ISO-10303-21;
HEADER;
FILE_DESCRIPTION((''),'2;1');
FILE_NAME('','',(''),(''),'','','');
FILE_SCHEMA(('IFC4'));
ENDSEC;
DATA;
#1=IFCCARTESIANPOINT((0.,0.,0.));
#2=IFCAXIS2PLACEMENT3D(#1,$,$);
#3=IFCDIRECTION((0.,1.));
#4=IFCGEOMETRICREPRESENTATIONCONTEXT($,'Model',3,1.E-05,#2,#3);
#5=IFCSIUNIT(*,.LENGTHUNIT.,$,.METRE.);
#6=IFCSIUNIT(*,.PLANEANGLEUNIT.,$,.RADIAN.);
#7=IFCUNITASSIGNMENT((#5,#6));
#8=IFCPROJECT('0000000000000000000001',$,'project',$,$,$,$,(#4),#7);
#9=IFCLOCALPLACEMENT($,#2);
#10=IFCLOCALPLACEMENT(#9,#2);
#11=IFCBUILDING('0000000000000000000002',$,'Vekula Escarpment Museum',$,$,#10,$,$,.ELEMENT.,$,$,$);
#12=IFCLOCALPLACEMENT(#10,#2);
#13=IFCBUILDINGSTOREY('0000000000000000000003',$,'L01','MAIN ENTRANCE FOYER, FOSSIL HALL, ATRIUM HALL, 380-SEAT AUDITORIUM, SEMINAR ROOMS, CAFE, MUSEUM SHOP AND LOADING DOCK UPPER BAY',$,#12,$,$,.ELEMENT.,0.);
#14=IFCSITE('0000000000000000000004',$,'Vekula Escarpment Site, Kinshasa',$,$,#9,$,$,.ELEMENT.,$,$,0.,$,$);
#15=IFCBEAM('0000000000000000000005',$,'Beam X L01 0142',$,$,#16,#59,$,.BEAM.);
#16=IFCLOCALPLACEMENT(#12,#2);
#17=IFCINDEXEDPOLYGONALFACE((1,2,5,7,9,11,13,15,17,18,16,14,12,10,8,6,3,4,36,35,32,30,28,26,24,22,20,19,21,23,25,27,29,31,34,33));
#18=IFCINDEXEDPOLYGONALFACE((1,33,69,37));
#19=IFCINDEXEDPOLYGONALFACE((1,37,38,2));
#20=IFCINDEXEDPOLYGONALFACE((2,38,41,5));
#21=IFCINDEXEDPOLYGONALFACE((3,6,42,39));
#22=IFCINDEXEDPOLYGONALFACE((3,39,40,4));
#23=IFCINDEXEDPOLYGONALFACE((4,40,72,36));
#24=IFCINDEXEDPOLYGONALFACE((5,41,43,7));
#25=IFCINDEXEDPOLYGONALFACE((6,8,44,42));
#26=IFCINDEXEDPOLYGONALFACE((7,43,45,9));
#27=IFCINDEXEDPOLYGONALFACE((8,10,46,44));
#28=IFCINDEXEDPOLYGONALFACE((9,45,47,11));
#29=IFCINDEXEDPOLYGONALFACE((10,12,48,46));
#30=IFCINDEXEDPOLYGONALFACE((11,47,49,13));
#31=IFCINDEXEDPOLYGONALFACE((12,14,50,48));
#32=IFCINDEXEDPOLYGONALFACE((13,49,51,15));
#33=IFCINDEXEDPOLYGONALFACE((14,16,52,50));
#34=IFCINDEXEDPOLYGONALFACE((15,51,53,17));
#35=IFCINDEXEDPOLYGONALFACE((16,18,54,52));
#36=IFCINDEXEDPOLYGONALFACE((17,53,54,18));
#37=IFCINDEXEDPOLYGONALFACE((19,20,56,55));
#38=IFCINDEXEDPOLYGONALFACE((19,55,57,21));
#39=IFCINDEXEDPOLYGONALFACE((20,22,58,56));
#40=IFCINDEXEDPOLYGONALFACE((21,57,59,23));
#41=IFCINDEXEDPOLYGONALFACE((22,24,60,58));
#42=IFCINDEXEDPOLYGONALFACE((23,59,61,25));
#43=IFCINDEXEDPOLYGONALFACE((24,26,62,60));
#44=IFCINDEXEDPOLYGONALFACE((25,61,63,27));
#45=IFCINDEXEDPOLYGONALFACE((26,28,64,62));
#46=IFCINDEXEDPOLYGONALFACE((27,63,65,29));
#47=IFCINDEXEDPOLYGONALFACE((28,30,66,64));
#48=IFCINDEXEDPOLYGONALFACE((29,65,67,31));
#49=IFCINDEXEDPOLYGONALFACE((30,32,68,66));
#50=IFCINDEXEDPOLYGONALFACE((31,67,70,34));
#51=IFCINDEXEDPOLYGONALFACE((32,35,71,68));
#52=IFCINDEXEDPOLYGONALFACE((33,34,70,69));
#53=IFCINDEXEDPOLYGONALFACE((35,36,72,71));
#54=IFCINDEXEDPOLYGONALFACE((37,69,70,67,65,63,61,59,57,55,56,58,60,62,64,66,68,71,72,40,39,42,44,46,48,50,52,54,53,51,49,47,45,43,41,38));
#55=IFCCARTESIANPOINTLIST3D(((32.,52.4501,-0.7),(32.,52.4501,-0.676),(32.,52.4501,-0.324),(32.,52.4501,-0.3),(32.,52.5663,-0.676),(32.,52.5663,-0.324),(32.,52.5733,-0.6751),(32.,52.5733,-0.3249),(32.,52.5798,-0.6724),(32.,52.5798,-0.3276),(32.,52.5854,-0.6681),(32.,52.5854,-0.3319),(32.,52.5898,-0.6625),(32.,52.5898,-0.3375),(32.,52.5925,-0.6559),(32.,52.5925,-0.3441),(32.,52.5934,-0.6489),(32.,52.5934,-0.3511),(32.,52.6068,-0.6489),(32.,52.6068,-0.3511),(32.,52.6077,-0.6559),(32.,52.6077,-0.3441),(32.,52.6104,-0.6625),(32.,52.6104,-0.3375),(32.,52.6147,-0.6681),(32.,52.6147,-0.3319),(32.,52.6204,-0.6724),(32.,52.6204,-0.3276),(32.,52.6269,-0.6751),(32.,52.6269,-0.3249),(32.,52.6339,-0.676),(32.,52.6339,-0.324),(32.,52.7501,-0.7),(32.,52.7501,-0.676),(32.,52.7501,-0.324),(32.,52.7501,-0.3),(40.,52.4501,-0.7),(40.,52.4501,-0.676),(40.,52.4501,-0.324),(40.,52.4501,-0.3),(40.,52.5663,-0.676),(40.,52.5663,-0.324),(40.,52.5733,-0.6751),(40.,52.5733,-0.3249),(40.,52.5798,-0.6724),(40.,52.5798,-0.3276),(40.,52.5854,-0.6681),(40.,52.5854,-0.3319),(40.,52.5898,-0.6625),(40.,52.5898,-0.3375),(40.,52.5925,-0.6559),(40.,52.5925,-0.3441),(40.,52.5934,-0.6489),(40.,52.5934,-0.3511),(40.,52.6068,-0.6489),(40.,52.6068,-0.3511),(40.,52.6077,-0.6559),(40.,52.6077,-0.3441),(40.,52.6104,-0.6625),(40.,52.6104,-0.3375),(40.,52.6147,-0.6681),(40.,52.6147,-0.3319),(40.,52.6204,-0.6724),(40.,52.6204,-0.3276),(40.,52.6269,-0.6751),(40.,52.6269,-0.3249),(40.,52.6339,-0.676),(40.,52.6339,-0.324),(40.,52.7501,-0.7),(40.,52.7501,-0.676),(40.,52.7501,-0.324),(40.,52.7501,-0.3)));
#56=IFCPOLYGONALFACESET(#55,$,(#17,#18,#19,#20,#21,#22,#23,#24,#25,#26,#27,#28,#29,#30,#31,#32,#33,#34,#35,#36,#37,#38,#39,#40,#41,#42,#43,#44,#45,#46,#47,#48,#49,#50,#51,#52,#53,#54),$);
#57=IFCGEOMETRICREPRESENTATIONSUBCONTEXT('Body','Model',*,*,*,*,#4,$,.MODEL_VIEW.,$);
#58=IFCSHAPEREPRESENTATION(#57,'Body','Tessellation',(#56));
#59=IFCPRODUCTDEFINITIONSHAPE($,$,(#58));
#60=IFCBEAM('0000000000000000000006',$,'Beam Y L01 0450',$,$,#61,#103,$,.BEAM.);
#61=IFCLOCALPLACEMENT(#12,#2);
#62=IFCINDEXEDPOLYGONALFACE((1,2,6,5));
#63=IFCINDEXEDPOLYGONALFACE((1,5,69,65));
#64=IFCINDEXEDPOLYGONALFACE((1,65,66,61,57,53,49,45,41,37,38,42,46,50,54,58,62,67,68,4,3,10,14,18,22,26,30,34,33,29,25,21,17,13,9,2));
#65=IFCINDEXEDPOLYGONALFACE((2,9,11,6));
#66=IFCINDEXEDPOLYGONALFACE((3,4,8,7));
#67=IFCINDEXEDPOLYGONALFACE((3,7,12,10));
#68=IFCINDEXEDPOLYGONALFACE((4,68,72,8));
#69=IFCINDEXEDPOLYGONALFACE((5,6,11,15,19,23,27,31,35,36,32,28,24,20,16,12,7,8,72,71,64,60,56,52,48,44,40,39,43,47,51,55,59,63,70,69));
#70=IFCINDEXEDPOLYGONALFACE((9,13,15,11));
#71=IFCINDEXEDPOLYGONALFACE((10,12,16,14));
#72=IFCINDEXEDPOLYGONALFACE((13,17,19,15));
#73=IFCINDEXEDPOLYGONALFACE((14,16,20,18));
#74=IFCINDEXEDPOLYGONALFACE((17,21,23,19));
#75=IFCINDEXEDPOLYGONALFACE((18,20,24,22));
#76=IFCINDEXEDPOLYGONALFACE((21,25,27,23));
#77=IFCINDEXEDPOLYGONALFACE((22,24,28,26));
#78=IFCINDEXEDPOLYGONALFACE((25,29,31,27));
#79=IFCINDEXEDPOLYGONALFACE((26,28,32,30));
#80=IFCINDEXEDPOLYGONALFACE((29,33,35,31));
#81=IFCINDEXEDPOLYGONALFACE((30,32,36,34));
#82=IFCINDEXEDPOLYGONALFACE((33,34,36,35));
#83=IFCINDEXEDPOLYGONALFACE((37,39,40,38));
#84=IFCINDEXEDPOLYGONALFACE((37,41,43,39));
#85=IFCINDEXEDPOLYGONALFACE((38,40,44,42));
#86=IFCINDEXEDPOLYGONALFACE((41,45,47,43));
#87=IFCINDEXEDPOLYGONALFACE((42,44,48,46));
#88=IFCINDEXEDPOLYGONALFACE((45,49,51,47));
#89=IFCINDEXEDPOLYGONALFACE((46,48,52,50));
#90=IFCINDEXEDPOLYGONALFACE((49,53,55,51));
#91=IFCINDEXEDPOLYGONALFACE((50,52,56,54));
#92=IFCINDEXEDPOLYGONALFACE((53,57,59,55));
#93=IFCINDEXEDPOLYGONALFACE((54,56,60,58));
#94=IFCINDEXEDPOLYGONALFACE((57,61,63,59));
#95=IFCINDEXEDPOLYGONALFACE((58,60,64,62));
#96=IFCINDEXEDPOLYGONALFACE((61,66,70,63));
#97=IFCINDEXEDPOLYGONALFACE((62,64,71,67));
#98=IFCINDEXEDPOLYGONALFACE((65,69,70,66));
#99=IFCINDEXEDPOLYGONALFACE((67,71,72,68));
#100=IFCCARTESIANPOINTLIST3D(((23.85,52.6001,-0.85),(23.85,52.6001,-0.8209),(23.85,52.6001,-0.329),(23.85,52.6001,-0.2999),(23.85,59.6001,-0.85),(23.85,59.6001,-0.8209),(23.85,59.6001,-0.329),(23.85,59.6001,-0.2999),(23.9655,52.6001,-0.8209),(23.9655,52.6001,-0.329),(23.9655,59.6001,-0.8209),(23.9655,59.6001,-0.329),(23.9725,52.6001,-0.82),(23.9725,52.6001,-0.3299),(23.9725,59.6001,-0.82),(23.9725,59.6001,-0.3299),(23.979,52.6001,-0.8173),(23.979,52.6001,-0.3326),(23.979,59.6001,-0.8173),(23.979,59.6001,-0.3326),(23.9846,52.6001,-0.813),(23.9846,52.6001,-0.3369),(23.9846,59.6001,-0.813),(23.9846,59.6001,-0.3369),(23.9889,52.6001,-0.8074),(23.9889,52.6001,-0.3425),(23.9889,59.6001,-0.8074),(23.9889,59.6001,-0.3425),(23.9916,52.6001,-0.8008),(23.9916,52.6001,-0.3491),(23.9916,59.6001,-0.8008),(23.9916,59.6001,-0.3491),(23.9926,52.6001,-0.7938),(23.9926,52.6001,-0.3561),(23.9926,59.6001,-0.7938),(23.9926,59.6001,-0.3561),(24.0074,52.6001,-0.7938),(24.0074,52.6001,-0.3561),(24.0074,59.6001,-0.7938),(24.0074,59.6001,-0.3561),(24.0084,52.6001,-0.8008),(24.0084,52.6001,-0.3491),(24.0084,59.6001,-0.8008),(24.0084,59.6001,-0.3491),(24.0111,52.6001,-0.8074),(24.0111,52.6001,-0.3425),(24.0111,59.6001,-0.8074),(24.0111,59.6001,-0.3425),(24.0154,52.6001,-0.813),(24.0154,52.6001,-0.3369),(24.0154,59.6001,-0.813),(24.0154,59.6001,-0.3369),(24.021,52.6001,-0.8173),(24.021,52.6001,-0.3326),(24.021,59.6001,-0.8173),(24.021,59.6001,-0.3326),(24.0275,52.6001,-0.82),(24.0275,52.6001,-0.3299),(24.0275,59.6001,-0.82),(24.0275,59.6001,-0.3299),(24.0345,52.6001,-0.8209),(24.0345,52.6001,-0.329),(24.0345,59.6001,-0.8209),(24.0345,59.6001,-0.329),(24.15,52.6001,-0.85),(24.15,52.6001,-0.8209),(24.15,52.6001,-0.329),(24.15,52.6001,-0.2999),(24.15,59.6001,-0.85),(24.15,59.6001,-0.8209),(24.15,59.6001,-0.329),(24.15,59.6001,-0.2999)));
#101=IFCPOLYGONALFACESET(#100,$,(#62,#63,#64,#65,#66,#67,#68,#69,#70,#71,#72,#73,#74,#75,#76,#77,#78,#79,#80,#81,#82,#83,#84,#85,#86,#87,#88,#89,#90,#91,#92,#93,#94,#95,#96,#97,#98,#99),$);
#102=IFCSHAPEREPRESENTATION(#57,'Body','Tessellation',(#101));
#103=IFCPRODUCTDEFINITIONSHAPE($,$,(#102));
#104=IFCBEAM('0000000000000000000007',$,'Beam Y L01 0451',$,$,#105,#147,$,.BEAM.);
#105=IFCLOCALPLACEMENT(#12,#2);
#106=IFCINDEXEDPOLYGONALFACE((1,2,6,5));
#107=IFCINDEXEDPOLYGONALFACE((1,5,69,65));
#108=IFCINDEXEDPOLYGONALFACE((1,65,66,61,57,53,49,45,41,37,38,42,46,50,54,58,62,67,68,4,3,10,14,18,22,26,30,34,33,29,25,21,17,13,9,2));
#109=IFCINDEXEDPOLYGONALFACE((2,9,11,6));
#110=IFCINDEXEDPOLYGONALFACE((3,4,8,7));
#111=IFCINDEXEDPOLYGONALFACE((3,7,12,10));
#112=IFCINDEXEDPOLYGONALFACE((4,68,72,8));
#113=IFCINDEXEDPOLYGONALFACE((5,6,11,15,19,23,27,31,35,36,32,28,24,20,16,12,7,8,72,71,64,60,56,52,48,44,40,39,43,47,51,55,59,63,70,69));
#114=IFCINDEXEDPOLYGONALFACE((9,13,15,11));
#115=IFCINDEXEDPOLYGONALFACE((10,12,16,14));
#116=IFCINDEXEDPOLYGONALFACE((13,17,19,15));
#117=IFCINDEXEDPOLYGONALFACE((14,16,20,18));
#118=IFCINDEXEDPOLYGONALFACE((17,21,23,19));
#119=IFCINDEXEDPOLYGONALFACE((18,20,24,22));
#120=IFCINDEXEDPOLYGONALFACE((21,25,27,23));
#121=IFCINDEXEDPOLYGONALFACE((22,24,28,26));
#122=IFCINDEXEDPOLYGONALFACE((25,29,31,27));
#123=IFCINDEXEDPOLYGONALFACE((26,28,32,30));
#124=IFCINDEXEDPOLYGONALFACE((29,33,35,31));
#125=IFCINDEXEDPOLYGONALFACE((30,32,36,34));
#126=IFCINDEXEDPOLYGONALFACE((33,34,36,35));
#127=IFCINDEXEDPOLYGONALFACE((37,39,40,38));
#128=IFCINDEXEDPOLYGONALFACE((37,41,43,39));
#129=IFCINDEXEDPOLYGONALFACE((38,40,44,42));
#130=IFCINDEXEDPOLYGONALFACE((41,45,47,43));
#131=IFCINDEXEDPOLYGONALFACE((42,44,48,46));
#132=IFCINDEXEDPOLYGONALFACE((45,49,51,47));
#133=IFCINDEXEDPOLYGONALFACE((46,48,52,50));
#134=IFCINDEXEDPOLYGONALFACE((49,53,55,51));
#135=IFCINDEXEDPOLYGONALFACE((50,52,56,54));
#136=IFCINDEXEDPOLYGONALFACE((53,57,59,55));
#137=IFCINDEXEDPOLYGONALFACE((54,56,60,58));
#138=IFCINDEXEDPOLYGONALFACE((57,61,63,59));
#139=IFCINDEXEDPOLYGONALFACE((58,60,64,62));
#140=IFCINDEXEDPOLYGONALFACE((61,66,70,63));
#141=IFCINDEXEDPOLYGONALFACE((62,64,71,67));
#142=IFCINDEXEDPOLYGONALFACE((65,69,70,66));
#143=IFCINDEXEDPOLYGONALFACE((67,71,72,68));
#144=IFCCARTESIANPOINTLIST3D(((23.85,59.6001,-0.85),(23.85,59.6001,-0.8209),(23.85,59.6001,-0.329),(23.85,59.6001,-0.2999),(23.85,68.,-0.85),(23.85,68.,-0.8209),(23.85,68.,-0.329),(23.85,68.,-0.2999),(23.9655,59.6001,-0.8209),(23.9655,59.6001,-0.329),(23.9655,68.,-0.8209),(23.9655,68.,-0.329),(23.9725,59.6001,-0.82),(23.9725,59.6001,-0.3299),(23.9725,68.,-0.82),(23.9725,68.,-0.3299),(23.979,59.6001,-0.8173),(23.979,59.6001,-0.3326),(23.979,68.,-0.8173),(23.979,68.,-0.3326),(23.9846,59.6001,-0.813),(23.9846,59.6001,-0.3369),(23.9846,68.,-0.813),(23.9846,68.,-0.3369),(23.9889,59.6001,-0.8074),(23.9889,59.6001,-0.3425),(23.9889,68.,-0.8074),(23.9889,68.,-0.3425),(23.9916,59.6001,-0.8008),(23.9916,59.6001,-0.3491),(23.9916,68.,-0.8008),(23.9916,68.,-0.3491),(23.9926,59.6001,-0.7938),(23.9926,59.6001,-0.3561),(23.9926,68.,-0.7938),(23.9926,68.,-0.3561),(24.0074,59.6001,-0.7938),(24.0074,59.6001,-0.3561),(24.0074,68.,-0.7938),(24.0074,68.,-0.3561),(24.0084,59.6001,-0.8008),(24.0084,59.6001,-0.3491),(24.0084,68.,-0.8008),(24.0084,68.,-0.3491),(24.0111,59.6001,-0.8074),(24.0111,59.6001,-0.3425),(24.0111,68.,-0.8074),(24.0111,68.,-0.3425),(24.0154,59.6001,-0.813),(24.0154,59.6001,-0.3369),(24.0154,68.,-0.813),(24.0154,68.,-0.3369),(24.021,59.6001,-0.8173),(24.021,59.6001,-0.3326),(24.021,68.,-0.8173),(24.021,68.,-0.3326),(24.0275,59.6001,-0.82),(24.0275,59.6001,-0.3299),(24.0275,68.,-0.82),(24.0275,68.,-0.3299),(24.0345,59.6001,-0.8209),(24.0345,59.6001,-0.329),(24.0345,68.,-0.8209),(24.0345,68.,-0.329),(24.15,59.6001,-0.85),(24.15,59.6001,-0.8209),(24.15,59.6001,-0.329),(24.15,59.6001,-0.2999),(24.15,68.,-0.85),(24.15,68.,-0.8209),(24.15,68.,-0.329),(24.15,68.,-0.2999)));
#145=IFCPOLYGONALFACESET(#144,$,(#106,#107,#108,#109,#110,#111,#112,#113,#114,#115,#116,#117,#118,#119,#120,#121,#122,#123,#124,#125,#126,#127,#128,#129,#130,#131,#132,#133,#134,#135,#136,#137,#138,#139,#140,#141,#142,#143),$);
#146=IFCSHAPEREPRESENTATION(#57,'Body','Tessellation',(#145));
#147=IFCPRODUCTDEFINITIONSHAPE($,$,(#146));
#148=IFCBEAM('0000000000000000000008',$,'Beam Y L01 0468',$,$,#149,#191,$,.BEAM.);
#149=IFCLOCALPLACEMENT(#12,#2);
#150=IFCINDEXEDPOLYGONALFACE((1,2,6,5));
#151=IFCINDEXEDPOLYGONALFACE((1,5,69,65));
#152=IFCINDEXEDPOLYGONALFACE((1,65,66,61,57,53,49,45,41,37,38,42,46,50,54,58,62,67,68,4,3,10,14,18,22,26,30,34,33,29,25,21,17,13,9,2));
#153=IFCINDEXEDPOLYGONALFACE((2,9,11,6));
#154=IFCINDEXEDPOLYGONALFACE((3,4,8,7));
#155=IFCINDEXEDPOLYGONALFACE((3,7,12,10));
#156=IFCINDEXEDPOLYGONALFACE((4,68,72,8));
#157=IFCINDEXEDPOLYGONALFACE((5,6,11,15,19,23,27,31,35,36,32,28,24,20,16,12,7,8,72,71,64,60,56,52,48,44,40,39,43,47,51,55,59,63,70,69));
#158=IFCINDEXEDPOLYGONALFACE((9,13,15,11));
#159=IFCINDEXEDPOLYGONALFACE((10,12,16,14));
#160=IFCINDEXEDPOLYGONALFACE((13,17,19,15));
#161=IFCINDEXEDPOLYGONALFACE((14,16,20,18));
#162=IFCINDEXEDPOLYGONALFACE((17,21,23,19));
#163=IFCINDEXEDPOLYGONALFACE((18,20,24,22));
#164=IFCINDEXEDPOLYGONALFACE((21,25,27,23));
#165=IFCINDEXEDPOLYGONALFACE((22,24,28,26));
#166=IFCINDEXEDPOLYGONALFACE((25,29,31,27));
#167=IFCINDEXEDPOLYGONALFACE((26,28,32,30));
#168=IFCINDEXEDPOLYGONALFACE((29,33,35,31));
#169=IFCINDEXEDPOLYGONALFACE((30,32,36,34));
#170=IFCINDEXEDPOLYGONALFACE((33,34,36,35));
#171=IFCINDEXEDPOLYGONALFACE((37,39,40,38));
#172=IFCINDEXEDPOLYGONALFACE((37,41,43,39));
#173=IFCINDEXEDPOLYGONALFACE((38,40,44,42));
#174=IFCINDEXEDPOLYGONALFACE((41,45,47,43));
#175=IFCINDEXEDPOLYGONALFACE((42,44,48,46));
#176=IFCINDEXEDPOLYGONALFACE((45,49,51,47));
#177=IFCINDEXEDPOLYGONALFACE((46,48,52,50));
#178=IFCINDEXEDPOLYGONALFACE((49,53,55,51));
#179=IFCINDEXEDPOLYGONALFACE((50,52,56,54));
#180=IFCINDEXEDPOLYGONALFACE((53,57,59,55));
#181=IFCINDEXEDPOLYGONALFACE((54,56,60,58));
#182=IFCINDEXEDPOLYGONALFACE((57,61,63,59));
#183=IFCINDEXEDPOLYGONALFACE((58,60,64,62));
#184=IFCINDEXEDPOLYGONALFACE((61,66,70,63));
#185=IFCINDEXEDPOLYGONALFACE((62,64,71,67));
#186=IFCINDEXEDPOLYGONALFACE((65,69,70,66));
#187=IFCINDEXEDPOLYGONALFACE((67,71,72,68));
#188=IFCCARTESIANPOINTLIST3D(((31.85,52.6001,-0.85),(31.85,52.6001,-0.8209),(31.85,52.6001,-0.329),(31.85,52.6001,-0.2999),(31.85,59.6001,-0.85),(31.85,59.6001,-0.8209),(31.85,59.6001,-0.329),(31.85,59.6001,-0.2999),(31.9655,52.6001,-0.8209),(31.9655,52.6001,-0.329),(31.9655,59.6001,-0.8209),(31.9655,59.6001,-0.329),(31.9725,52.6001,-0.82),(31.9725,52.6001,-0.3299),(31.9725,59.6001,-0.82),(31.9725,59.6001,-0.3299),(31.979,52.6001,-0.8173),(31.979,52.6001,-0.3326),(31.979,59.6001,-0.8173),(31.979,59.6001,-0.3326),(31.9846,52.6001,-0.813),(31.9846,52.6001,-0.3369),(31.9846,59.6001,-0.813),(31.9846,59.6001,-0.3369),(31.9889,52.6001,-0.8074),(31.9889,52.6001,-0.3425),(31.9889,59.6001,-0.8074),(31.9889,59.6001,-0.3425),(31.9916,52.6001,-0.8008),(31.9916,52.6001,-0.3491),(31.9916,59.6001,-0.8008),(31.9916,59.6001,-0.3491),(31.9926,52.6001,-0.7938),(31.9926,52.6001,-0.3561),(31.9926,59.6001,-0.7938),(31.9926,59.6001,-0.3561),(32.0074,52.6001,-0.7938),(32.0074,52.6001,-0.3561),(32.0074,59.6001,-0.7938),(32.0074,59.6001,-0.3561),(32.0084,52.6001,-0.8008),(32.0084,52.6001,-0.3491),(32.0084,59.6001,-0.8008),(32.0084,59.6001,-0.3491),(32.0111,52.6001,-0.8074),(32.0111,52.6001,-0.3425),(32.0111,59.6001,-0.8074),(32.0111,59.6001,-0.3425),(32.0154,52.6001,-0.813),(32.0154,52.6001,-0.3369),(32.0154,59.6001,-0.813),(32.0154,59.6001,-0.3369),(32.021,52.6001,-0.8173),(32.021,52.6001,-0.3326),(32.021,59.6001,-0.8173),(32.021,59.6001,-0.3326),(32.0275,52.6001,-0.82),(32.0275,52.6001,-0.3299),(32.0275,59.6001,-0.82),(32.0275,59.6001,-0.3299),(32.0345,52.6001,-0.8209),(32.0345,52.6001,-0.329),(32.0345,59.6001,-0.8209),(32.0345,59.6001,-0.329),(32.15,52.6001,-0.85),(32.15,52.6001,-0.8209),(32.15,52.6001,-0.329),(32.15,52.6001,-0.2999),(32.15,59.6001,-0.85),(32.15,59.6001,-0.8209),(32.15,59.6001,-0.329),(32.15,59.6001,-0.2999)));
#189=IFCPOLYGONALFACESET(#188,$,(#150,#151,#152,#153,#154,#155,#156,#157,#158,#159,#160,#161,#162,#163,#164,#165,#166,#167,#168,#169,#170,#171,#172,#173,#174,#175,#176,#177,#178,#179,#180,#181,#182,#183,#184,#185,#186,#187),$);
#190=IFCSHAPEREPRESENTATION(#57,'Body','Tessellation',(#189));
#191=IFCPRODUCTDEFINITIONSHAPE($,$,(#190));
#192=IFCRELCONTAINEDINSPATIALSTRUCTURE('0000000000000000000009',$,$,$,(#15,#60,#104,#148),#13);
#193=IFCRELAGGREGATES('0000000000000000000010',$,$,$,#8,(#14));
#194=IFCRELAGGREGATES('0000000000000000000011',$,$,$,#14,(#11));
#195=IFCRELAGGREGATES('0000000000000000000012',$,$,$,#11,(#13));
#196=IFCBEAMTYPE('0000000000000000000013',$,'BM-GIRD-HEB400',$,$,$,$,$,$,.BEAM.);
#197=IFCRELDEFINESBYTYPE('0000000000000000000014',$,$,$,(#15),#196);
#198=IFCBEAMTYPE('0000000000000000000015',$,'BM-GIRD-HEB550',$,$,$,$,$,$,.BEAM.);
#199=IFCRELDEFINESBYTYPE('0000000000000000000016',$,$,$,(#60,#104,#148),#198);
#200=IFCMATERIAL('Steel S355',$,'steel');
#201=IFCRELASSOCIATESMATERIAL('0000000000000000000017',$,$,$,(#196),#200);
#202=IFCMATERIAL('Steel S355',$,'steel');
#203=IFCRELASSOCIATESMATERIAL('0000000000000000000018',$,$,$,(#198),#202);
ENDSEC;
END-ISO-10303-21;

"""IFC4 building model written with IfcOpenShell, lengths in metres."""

from ifc_helpers import new_model, si_unit, direction, frame, origin, origin_2d, place, context, subcontext, project, spatial, i_section, extrude, material, material_profile, profile_set, type_object, element, save


model = new_model("IFC4")

# Units and contexts
model_context = context("Model", 3, precision=1e-05, world=origin(), true_north=direction((0.0, 1.0)))
body_context = subcontext(model_context, "Body", "Model", "MODEL_VIEW")
ifc_project = project(units=[si_unit("LENGTHUNIT", "METRE"), si_unit("PLANEANGLEUNIT", "RADIAN")], contexts=[model_context])

# Site, building, storey
site_placement = place(None, origin())
site = spatial("IfcSite", under=ifc_project, at=site_placement, Name="Vekula Escarpment Site, Kinshasa", CompositionType="ELEMENT", RefElevation=0.0)
building_placement = place(site_placement, origin())
building = spatial("IfcBuilding", under=site, at=building_placement, Name="Vekula Escarpment Museum", CompositionType="ELEMENT")
storey_placement = place(building_placement, origin())
storey = spatial("IfcBuildingStorey", under=building, at=storey_placement, Name="L01", Description="MAIN ENTRANCE FOYER, FOSSIL HALL, ATRIUM HALL, 380-SEAT AUDITORIUM, SEMINAR ROOMS, CAFE, MUSEUM SHOP AND LOADING DOCK UPPER BAY", CompositionType="ELEMENT", Elevation=0.0)

# Beams
ifc_material_1 = material(Name="Steel S355", Category="steel")
ifc_material_profile_1 = material_profile(ifc_material_1, i_section(OverallWidth=0.3, OverallDepth=0.3999, WebThickness=0.0134, FlangeThickness=0.0239, FilletRadius=0.0271, at=origin_2d()), Name="HEB 400")
ifc_profile_set_1 = profile_set([ifc_material_profile_1], Name="Steel S355")
beam_type_1 = type_object("IfcBeamType", Name="BM-GIRD-HEB400", PredefinedType="BEAM", material=ifc_profile_set_1)
beam_1_placement = place(storey_placement, frame((32.0, 52.6001, -0.5), z_axis=(1.0, 0.0, 0.0), x_axis=(0.0, 1.0, 0.0)))
element("IfcBeam", 1, at=beam_1_placement, inside=storey, type_object=beam_type_1, Name="Beam X L01 0142", PredefinedType="BEAM", context=body_context, shape_type="SweptSolid", body=[
    extrude(i_section(OverallWidth=0.3, OverallDepth=0.3999, WebThickness=0.0134, FlangeThickness=0.0239, FilletRadius=0.0271, at=origin_2d()), origin(), (0.0, 0.0, 1.0), 8.0),
])
ifc_material_2 = material(Name="Steel S355", Category="steel")
ifc_material_profile_2 = material_profile(ifc_material_2, i_section(OverallWidth=0.3, OverallDepth=0.55, WebThickness=0.0149, FlangeThickness=0.0291, FilletRadius=0.0271, at=origin_2d()), Name="HEB 550")
ifc_profile_set_2 = profile_set([ifc_material_profile_2], Name="Steel S355")
beam_type_2 = type_object("IfcBeamType", Name="BM-GIRD-HEB550", PredefinedType="BEAM", material=ifc_profile_set_2)
beam_2_placement = place(storey_placement, frame((24.0, 52.6001, -0.575), z_axis=(0.0, 1.0, 0.0), x_axis=(-1.0, 0.0, 0.0)))
element("IfcBeam", 2, at=beam_2_placement, inside=storey, type_object=beam_type_2, Name="Beam Y L01 0450", PredefinedType="BEAM", context=body_context, shape_type="SweptSolid", body=[
    extrude(i_section(OverallWidth=0.3, OverallDepth=0.55, WebThickness=0.0149, FlangeThickness=0.0291, FilletRadius=0.0271, at=origin_2d()), origin(), (0.0, 0.0, 1.0), 7.0),
])
beam_3_placement = place(storey_placement, frame((24.0, 59.6001, -0.575), z_axis=(0.0, 1.0, 0.0), x_axis=(-1.0, 0.0, 0.0)))
element("IfcBeam", 3, at=beam_3_placement, inside=storey, type_object=beam_type_2, Name="Beam Y L01 0451", PredefinedType="BEAM", context=body_context, shape_type="SweptSolid", body=[
    extrude(i_section(OverallWidth=0.3, OverallDepth=0.55, WebThickness=0.0149, FlangeThickness=0.0291, FilletRadius=0.0271, at=origin_2d()), origin(), (0.0, 0.0, 1.0), 8.3999),
])
beam_4_placement = place(storey_placement, frame((32.0, 52.6001, -0.575), z_axis=(0.0, 1.0, 0.0), x_axis=(-1.0, 0.0, 0.0)))
element("IfcBeam", 4, at=beam_4_placement, inside=storey, type_object=beam_type_2, Name="Beam Y L01 0468", PredefinedType="BEAM", context=body_context, shape_type="SweptSolid", body=[
    extrude(i_section(OverallWidth=0.3, OverallDepth=0.55, WebThickness=0.0149, FlangeThickness=0.0291, FilletRadius=0.0271, at=origin_2d()), origin(), (0.0, 0.0, 1.0), 7.0),
])

save(model, "model.ifc")
